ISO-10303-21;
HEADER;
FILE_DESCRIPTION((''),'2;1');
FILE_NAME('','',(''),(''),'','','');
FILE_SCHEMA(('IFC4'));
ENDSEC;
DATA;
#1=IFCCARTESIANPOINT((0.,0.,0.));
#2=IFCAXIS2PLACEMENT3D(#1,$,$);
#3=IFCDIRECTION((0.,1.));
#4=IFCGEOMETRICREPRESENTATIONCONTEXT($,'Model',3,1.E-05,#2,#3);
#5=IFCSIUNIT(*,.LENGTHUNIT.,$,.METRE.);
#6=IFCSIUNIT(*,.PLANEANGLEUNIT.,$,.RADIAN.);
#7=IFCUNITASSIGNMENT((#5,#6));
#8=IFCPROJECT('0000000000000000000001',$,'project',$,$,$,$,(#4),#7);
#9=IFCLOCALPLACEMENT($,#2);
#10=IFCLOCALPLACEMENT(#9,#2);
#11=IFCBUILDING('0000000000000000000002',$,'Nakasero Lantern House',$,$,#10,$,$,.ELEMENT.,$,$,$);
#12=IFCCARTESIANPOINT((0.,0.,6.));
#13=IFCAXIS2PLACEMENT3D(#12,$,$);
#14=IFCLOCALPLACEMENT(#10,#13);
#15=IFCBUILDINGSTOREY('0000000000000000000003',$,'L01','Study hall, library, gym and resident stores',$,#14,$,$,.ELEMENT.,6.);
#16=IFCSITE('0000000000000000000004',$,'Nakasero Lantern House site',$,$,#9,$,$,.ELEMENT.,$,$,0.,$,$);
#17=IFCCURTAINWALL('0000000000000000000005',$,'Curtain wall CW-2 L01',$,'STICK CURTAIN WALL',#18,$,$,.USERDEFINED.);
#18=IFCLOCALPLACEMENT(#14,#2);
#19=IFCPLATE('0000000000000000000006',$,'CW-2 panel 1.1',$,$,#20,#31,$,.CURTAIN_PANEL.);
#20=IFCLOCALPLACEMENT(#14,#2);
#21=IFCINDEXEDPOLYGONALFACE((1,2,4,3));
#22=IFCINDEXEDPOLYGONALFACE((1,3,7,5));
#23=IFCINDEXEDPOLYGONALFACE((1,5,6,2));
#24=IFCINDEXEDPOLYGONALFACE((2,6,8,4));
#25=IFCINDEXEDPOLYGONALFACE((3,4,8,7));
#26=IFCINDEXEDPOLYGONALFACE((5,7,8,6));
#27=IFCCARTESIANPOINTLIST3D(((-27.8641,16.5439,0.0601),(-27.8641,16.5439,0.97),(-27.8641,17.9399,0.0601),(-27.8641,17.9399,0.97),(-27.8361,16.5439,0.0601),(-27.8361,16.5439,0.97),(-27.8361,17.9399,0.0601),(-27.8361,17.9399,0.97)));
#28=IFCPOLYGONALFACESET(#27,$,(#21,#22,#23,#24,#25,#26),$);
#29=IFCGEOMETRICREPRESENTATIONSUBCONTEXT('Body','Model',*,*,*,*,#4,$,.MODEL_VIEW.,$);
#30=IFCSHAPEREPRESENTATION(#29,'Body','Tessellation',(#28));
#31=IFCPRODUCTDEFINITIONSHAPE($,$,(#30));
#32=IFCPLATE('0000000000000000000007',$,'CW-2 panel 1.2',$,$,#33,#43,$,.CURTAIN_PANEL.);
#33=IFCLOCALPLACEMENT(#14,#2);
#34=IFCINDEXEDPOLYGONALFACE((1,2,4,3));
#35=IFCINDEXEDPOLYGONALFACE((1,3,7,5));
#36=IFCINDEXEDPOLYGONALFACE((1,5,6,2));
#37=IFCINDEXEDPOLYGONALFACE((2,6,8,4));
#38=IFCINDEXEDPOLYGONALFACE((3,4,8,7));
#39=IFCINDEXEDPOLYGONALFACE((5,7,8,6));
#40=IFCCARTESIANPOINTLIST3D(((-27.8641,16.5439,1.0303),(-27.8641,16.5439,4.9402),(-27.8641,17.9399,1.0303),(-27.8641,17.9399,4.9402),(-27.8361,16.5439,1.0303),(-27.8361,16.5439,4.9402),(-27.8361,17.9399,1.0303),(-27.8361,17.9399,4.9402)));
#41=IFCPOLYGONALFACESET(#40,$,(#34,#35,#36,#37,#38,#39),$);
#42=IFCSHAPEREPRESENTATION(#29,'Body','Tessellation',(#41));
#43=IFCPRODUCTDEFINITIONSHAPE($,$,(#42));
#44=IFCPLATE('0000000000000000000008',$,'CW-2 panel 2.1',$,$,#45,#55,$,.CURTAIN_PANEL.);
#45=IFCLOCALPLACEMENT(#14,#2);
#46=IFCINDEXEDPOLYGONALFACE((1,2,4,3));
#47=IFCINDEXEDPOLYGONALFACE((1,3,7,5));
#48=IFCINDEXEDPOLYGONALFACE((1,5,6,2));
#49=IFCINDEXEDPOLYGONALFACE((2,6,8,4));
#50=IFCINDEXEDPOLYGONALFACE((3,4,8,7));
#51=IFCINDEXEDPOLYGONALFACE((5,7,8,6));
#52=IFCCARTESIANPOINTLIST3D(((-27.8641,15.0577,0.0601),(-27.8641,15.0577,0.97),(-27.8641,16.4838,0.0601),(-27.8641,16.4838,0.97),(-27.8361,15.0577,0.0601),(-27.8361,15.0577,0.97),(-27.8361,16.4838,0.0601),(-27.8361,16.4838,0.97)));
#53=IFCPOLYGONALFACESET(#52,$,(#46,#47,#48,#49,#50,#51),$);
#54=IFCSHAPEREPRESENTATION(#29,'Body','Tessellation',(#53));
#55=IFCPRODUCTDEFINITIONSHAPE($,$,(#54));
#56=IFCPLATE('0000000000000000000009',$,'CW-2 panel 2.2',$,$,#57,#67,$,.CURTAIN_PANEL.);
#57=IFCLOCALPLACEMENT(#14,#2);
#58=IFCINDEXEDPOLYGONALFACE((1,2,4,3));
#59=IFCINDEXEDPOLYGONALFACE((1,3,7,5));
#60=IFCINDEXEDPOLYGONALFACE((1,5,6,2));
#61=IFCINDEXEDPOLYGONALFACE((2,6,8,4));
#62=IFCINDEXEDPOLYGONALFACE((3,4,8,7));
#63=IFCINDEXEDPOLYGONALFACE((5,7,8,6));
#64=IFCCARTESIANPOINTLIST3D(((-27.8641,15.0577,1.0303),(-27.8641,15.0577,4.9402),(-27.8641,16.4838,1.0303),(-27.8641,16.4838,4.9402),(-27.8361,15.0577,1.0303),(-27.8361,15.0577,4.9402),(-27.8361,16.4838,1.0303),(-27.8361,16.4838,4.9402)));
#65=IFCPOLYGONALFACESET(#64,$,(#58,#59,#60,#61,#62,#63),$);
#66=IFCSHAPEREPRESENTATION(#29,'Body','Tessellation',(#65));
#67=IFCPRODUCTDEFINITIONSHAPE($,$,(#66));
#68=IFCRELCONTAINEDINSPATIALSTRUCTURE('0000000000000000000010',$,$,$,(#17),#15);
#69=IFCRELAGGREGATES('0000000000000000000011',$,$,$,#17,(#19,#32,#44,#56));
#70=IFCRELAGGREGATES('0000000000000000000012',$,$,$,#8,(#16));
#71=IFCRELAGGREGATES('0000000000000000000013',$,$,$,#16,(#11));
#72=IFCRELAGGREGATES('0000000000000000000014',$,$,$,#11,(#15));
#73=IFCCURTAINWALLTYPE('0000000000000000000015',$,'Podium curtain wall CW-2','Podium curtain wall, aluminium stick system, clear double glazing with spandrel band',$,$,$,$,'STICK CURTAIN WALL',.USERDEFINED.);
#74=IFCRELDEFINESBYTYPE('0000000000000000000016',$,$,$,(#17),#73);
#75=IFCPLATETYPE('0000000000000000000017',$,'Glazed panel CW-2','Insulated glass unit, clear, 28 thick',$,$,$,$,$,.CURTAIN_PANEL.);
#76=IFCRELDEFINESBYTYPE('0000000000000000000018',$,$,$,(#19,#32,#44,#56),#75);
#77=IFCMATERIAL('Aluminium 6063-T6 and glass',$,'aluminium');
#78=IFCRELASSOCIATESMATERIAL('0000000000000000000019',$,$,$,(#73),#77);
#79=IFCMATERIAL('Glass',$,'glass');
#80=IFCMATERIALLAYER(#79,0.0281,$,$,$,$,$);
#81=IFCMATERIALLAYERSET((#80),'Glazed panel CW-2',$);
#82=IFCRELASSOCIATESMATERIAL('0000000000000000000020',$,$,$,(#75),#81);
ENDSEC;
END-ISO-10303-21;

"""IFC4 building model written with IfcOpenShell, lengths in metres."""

from ifc_helpers import new_model, si_unit, direction, frame, origin, origin_2d, place, context, subcontext, project, spatial, rectangle, extrude, material, layer, layer_set, type_object, element, aggregate, save


model = new_model("IFC4")

# Units and contexts
model_context = context("Model", 3, precision=1e-05, world=origin(), true_north=direction((0.0, 1.0)))
body_context = subcontext(model_context, "Body", "Model", "MODEL_VIEW")
ifc_project = project(units=[si_unit("LENGTHUNIT", "METRE"), si_unit("PLANEANGLEUNIT", "RADIAN")], contexts=[model_context])

# Site, building, storey
site_placement = place(None, origin())
site = spatial("IfcSite", under=ifc_project, at=site_placement, Name="Nakasero Lantern House site", CompositionType="ELEMENT", RefElevation=0.0)
building_placement = place(site_placement, origin())
building = spatial("IfcBuilding", under=site, at=building_placement, Name="Nakasero Lantern House", CompositionType="ELEMENT")
storey_placement = place(building_placement, frame((0.0, 0.0, 6.0)))
storey = spatial("IfcBuildingStorey", under=building, at=storey_placement, Name="L01", Description="Study hall, library, gym and resident stores", CompositionType="ELEMENT", Elevation=6.0)

# Curtain wall
ifc_material_1 = material(Name="Aluminium 6063-T6 and glass", Category="aluminium")
curtain_wall_type = type_object("IfcCurtainWallType", Name="Podium curtain wall CW-2", Description="Podium curtain wall, aluminium stick system, clear double glazing with spandrel band", ElementType="STICK CURTAIN WALL", PredefinedType="USERDEFINED", material=ifc_material_1)
curtain_wall_1_placement = place(storey_placement, origin())
curtain_wall_1 = element("IfcCurtainWall", 1, at=curtain_wall_1_placement, inside=storey, type_object=curtain_wall_type, Name="Curtain wall CW-2 L01", ObjectType="STICK CURTAIN WALL", PredefinedType="USERDEFINED")

# Plates
ifc_material_2 = material(Name="Glass", Category="glass")
ifc_layer = layer(ifc_material_2, 0.0281)
ifc_layer_set = layer_set([ifc_layer], Name="Glazed panel CW-2")
plate_type = type_object("IfcPlateType", Name="Glazed panel CW-2", Description="Insulated glass unit, clear, 28 thick", PredefinedType="CURTAIN_PANEL", material=ifc_layer_set)
plate_1_placement = place(storey_placement, frame((-27.8501, 17.2419, 0.0601), z_axis=(0.0, 0.0, 1.0), x_axis=(0.0, -1.0, 0.0)))
plate_1 = element("IfcPlate", 2, at=plate_1_placement, type_object=plate_type, Name="CW-2 panel 1.1", PredefinedType="CURTAIN_PANEL", context=body_context, shape_type="SweptSolid", body=[
    extrude(rectangle(XDim=1.396, YDim=0.0281, at=origin_2d()), origin(), (0.0, 0.0, 1.0), 0.9099),
])
plate_2_placement = place(storey_placement, frame((-27.8501, 17.2419, 1.0303), z_axis=(0.0, 0.0, 1.0), x_axis=(0.0, -1.0, 0.0)))
plate_2 = element("IfcPlate", 3, at=plate_2_placement, type_object=plate_type, Name="CW-2 panel 1.2", PredefinedType="CURTAIN_PANEL", context=body_context, shape_type="SweptSolid", body=[
    extrude(rectangle(XDim=1.396, YDim=0.0281, at=origin_2d()), origin(), (0.0, 0.0, 1.0), 3.9099),
])
plate_3_placement = place(storey_placement, frame((-27.8501, 15.7708, 0.0601), z_axis=(0.0, 0.0, 1.0), x_axis=(0.0, -1.0, 0.0)))
plate_3 = element("IfcPlate", 4, at=plate_3_placement, type_object=plate_type, Name="CW-2 panel 2.1", PredefinedType="CURTAIN_PANEL", context=body_context, shape_type="SweptSolid", body=[
    extrude(rectangle(XDim=1.426, YDim=0.0281, at=origin_2d()), origin(), (0.0, 0.0, 1.0), 0.9099),
])
plate_4_placement = place(storey_placement, frame((-27.8501, 15.7708, 1.0303), z_axis=(0.0, 0.0, 1.0), x_axis=(0.0, -1.0, 0.0)))
plate_4 = element("IfcPlate", 5, at=plate_4_placement, type_object=plate_type, Name="CW-2 panel 2.2", PredefinedType="CURTAIN_PANEL", context=body_context, shape_type="SweptSolid", body=[
    extrude(rectangle(XDim=1.426, YDim=0.0281, at=origin_2d()), origin(), (0.0, 0.0, 1.0), 3.9099),
])
aggregate(curtain_wall_1, [plate_1, plate_2, plate_3, plate_4])

save(model, "model.ifc")
